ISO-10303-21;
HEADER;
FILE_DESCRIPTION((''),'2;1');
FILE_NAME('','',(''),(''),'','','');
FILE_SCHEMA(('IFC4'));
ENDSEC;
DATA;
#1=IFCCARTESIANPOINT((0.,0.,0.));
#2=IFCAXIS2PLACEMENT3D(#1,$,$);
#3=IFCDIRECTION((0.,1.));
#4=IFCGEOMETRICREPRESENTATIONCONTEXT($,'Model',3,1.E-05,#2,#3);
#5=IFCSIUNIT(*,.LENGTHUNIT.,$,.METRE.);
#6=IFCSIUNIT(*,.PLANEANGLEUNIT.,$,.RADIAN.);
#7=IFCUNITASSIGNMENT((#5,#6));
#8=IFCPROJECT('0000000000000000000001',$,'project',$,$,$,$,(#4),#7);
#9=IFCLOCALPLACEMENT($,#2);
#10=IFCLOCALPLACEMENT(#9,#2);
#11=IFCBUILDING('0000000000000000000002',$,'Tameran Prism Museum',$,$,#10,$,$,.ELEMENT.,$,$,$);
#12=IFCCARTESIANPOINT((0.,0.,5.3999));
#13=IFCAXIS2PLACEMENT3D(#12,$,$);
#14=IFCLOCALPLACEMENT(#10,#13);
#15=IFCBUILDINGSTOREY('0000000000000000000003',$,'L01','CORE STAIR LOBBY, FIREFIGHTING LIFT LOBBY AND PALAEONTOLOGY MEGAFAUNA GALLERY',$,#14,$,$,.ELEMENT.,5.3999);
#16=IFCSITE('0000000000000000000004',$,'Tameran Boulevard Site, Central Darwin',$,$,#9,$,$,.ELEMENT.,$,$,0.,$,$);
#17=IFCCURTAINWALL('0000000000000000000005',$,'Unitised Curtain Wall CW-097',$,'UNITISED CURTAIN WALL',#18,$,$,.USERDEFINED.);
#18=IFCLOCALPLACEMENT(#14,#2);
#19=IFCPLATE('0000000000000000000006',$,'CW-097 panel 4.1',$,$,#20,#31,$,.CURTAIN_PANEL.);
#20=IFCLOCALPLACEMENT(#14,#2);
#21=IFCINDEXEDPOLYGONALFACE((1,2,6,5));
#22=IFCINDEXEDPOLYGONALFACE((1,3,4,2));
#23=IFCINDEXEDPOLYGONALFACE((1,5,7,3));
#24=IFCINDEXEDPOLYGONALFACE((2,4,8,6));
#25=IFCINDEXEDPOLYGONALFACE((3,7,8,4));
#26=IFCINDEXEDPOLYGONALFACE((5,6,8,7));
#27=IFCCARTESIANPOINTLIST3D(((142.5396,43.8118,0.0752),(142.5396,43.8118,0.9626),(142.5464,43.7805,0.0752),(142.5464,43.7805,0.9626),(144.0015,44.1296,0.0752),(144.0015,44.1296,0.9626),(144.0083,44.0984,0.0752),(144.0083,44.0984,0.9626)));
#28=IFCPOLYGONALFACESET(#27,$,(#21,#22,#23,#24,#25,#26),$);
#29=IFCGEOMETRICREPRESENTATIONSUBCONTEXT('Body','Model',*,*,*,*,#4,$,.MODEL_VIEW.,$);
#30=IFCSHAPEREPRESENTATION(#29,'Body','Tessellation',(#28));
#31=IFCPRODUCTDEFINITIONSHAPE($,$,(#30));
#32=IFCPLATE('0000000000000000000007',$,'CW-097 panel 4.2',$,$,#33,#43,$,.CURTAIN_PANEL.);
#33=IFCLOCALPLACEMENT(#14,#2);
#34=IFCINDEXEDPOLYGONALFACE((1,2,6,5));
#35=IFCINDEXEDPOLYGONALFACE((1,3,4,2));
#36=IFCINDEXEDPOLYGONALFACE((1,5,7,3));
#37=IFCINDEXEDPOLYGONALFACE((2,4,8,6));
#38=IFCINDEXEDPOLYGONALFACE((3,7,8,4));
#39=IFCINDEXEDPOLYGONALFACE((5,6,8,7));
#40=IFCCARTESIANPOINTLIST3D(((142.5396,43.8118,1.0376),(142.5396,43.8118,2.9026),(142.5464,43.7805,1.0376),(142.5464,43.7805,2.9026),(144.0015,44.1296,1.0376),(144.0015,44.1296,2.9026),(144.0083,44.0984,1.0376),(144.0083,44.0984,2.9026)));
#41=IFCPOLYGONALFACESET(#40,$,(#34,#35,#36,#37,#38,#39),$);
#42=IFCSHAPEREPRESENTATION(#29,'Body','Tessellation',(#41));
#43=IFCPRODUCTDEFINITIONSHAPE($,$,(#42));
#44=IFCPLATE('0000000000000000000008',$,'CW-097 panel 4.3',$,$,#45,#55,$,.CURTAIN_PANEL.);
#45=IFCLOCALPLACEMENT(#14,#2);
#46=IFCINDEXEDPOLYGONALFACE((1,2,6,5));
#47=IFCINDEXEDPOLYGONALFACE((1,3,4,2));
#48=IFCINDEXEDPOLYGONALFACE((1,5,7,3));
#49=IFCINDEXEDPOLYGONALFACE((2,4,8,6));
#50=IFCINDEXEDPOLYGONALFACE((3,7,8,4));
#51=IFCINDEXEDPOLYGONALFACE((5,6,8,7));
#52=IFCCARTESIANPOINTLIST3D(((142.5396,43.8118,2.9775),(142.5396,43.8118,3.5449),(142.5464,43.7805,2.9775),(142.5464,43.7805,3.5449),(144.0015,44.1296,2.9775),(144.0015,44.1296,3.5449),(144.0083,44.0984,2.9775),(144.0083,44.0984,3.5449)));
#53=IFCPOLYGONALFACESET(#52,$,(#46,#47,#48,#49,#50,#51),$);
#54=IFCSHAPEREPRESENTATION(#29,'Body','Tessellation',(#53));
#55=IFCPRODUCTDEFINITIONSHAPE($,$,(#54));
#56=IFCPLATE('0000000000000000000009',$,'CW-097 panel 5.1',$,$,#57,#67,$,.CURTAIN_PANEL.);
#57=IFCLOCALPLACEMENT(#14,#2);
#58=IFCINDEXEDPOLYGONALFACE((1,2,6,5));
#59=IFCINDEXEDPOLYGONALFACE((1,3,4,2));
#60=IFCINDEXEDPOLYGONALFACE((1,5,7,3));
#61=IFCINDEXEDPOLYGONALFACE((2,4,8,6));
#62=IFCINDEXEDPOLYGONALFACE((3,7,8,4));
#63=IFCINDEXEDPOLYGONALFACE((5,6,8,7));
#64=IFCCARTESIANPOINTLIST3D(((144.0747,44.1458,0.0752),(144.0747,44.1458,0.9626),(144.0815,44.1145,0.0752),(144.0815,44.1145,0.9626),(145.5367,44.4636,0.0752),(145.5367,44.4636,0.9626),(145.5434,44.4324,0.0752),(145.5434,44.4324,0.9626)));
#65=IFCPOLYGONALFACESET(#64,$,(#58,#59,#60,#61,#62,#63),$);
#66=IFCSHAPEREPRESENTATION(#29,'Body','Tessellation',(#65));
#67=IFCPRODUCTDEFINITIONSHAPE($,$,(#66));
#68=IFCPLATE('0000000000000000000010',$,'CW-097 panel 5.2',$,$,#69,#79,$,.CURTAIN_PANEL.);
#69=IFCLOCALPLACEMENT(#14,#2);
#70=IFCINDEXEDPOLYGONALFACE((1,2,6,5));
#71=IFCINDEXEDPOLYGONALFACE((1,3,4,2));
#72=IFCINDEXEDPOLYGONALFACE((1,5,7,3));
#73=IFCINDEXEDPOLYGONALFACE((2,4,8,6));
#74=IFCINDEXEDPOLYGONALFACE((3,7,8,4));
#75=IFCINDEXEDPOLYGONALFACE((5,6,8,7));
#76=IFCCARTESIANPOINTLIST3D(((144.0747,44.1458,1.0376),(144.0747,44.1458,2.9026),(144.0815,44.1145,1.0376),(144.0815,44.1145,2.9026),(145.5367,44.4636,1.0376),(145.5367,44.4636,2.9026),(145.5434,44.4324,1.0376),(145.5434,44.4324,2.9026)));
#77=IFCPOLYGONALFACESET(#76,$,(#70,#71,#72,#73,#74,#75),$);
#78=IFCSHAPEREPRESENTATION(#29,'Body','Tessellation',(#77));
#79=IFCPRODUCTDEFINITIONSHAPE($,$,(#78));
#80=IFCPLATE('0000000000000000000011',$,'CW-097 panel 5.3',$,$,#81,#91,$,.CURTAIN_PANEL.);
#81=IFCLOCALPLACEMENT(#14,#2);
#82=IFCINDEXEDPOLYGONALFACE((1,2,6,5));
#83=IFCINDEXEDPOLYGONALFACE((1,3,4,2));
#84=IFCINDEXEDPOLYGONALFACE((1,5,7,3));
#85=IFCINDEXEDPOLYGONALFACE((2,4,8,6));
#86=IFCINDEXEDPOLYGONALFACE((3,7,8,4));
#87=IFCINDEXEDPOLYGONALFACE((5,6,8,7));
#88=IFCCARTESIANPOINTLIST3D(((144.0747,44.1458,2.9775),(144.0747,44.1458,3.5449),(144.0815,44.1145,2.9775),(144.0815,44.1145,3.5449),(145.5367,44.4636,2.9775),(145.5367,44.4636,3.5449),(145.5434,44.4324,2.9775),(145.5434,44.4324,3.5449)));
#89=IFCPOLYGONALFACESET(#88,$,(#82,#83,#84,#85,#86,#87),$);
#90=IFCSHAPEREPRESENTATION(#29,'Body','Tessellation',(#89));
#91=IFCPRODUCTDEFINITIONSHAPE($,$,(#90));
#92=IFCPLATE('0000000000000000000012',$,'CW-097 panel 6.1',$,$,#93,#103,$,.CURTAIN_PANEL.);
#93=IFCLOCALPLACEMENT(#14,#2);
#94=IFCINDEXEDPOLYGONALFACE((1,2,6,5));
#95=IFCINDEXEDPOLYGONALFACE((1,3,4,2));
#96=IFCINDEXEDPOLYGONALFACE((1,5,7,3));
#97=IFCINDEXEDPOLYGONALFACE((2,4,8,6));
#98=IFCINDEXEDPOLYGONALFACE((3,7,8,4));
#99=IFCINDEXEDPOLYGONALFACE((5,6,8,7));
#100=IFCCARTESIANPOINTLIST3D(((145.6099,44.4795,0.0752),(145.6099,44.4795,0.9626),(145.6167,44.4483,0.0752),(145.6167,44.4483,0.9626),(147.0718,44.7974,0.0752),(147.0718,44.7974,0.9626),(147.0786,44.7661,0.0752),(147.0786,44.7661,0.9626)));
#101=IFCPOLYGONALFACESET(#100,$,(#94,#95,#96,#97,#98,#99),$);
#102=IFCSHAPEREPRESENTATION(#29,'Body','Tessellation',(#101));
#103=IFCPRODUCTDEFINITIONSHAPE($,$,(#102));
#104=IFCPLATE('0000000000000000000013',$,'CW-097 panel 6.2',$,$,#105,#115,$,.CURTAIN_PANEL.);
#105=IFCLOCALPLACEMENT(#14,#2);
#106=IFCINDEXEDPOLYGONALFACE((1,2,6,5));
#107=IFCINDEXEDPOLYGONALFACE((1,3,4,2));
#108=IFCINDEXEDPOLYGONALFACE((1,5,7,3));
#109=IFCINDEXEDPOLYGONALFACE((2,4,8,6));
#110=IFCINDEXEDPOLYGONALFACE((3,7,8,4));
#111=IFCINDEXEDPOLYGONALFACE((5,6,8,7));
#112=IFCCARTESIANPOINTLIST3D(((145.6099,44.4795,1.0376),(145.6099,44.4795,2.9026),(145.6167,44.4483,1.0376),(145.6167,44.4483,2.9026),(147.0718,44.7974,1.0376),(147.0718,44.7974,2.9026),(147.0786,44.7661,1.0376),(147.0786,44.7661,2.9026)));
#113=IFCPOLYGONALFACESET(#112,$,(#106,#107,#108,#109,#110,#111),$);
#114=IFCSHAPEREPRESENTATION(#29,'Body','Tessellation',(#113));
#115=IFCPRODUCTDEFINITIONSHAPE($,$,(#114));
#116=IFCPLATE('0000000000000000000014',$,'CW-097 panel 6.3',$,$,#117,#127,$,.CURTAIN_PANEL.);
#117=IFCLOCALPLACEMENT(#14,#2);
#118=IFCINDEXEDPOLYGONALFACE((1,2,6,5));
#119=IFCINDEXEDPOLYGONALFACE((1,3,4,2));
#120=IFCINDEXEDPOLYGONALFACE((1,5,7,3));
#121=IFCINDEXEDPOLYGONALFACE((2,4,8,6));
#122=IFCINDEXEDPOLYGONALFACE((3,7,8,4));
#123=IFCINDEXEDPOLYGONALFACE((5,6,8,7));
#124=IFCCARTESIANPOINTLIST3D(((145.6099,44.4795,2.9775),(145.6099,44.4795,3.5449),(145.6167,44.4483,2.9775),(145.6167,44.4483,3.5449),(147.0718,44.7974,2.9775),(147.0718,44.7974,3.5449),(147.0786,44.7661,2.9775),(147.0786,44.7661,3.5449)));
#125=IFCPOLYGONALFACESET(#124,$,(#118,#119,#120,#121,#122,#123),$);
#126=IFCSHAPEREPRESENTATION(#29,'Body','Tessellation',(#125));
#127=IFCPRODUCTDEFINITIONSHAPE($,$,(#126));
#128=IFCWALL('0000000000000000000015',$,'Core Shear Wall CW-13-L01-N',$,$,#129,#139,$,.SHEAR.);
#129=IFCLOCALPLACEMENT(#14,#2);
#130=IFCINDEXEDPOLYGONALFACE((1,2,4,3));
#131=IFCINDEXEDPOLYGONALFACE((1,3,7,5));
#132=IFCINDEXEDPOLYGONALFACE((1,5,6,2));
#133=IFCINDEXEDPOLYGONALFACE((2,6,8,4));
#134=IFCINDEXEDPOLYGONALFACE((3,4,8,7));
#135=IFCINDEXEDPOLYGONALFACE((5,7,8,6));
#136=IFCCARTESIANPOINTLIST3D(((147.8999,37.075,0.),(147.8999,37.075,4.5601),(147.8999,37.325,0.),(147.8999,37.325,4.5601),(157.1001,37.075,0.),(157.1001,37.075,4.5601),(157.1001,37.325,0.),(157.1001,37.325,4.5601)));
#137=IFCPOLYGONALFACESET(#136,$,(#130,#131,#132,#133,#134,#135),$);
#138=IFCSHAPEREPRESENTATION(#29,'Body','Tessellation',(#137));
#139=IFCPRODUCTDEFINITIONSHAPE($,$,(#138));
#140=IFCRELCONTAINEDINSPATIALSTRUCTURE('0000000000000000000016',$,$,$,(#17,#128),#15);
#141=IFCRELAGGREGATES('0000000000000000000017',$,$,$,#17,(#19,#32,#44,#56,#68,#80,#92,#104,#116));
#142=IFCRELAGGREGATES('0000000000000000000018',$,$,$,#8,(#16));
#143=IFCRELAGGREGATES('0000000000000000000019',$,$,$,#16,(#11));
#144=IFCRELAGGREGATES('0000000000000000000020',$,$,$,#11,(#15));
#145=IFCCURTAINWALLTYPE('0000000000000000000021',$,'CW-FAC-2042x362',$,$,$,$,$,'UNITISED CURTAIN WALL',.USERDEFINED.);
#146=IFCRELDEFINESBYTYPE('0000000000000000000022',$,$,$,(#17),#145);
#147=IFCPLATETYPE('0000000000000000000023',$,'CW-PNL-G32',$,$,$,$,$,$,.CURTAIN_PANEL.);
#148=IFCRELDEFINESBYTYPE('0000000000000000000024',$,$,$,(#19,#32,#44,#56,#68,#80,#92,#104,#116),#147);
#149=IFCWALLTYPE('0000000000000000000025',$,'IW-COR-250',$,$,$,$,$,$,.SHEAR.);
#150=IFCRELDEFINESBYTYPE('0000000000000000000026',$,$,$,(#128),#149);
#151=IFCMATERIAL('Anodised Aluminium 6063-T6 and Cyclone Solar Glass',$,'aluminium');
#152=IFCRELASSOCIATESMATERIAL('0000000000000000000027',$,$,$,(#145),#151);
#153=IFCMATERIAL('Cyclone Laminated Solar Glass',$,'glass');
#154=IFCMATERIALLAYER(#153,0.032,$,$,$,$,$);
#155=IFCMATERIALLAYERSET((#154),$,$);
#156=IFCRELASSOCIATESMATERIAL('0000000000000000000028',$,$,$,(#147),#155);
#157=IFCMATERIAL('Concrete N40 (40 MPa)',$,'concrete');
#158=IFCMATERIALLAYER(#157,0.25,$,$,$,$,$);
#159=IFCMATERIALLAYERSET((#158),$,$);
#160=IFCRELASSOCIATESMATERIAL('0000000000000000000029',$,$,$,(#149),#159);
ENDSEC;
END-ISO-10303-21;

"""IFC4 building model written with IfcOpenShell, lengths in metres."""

from ifc_helpers import new_model, si_unit, direction, frame, frame_2d, origin, origin_2d, place, context, subcontext, project, spatial, rectangle, extrude, material, layer, layer_set, type_object, element, aggregate, save


model = new_model("IFC4")

# Units and contexts
model_context = context("Model", 3, precision=1e-05, world=origin(), true_north=direction((0.0, 1.0)))
body_context = subcontext(model_context, "Body", "Model", "MODEL_VIEW")
ifc_project = project(units=[si_unit("LENGTHUNIT", "METRE"), si_unit("PLANEANGLEUNIT", "RADIAN")], contexts=[model_context])

# Site, building, storey
site_placement = place(None, origin())
site = spatial("IfcSite", under=ifc_project, at=site_placement, Name="Tameran Boulevard Site, Central Darwin", CompositionType="ELEMENT", RefElevation=0.0)
building_placement = place(site_placement, origin())
building = spatial("IfcBuilding", under=site, at=building_placement, Name="Tameran Prism Museum", CompositionType="ELEMENT")
storey_placement = place(building_placement, frame((0.0, 0.0, 5.3999)))
storey = spatial("IfcBuildingStorey", under=building, at=storey_placement, Name="L01", Description="CORE STAIR LOBBY, FIREFIGHTING LIFT LOBBY AND PALAEONTOLOGY MEGAFAUNA GALLERY", CompositionType="ELEMENT", Elevation=5.3999)

# Curtain wall, plates
ifc_material_1 = material(Name="Anodised Aluminium 6063-T6 and Cyclone Solar Glass", Category="aluminium")
curtain_wall_type = type_object("IfcCurtainWallType", Name="CW-FAC-2042x362", ElementType="UNITISED CURTAIN WALL", PredefinedType="USERDEFINED", material=ifc_material_1)
curtain_wall_placement = place(storey_placement, origin())
curtain_wall = element("IfcCurtainWall", 1, at=curtain_wall_placement, inside=storey, type_object=curtain_wall_type, Name="Unitised Curtain Wall CW-097", ObjectType="UNITISED CURTAIN WALL", PredefinedType="USERDEFINED")
ifc_material_2 = material(Name="Cyclone Laminated Solar Glass", Category="glass")
ifc_layer_1 = layer(ifc_material_2, 0.032)
ifc_layer_set_1 = layer_set([ifc_layer_1])
plate_type = type_object("IfcPlateType", Name="CW-PNL-G32", PredefinedType="CURTAIN_PANEL", material=ifc_layer_set_1)
plate_1_placement = place(storey_placement, frame((143.2739, 43.9551, 0.0752), z_axis=(0.0, 0.0, 1.0), x_axis=(0.977171, 0.212454, 0.0)))
plate_1 = element("IfcPlate", 2, at=plate_1_placement, type_object=plate_type, Name="CW-097 panel 4.1", PredefinedType="CURTAIN_PANEL", context=body_context, shape_type="SweptSolid", body=[
    extrude(rectangle(XDim=1.4961, YDim=0.032, at=origin_2d()), origin(), (0.0, 0.0, 1.0), 0.8875),
])
plate_2_placement = place(storey_placement, frame((143.2739, 43.9551, 1.0376), z_axis=(0.0, 0.0, 1.0), x_axis=(0.977171, 0.212454, 0.0)))
plate_2 = element("IfcPlate", 3, at=plate_2_placement, type_object=plate_type, Name="CW-097 panel 4.2", PredefinedType="CURTAIN_PANEL", context=body_context, shape_type="SweptSolid", body=[
    extrude(rectangle(XDim=1.4961, YDim=0.032, at=origin_2d()), origin(), (0.0, 0.0, 1.0), 1.865),
])
plate_3_placement = place(storey_placement, frame((143.2739, 43.9551, 2.9775), z_axis=(0.0, 0.0, 1.0), x_axis=(0.977171, 0.212454, 0.0)))
plate_3 = element("IfcPlate", 4, at=plate_3_placement, type_object=plate_type, Name="CW-097 panel 4.3", PredefinedType="CURTAIN_PANEL", context=body_context, shape_type="SweptSolid", body=[
    extrude(rectangle(XDim=1.4961, YDim=0.032, at=origin_2d()), origin(), (0.0, 0.0, 1.0), 0.5674),
])
plate_4_placement = place(storey_placement, frame((144.8091, 44.2891, 0.0752), z_axis=(0.0, 0.0, 1.0), x_axis=(0.977171, 0.212454, 0.0)))
plate_4 = element("IfcPlate", 5, at=plate_4_placement, type_object=plate_type, Name="CW-097 panel 5.1", PredefinedType="CURTAIN_PANEL", context=body_context, shape_type="SweptSolid", body=[
    extrude(rectangle(XDim=1.4961, YDim=0.032, at=origin_2d()), origin(), (0.0, 0.0, 1.0), 0.8875),
])
plate_5_placement = place(storey_placement, frame((144.8091, 44.2891, 1.0376), z_axis=(0.0, 0.0, 1.0), x_axis=(0.977171, 0.212454, 0.0)))
plate_5 = element("IfcPlate", 6, at=plate_5_placement, type_object=plate_type, Name="CW-097 panel 5.2", PredefinedType="CURTAIN_PANEL", context=body_context, shape_type="SweptSolid", body=[
    extrude(rectangle(XDim=1.4961, YDim=0.032, at=origin_2d()), origin(), (0.0, 0.0, 1.0), 1.865),
])
plate_6_placement = place(storey_placement, frame((144.8091, 44.2891, 2.9775), z_axis=(0.0, 0.0, 1.0), x_axis=(0.977171, 0.212454, 0.0)))
plate_6 = element("IfcPlate", 7, at=plate_6_placement, type_object=plate_type, Name="CW-097 panel 5.3", PredefinedType="CURTAIN_PANEL", context=body_context, shape_type="SweptSolid", body=[
    extrude(rectangle(XDim=1.4961, YDim=0.032, at=origin_2d()), origin(), (0.0, 0.0, 1.0), 0.5674),
])
plate_7_placement = place(storey_placement, frame((146.3442, 44.6228, 0.0752), z_axis=(0.0, 0.0, 1.0), x_axis=(0.977171, 0.212454, 0.0)))
plate_7 = element("IfcPlate", 8, at=plate_7_placement, type_object=plate_type, Name="CW-097 panel 6.1", PredefinedType="CURTAIN_PANEL", context=body_context, shape_type="SweptSolid", body=[
    extrude(rectangle(XDim=1.4961, YDim=0.032, at=origin_2d()), origin(), (0.0, 0.0, 1.0), 0.8875),
])
plate_8_placement = place(storey_placement, frame((146.3442, 44.6228, 1.0376), z_axis=(0.0, 0.0, 1.0), x_axis=(0.977171, 0.212454, 0.0)))
plate_8 = element("IfcPlate", 9, at=plate_8_placement, type_object=plate_type, Name="CW-097 panel 6.2", PredefinedType="CURTAIN_PANEL", context=body_context, shape_type="SweptSolid", body=[
    extrude(rectangle(XDim=1.4961, YDim=0.032, at=origin_2d()), origin(), (0.0, 0.0, 1.0), 1.865),
])
plate_9_placement = place(storey_placement, frame((146.3442, 44.6228, 2.9775), z_axis=(0.0, 0.0, 1.0), x_axis=(0.977171, 0.212454, 0.0)))
plate_9 = element("IfcPlate", 10, at=plate_9_placement, type_object=plate_type, Name="CW-097 panel 6.3", PredefinedType="CURTAIN_PANEL", context=body_context, shape_type="SweptSolid", body=[
    extrude(rectangle(XDim=1.4961, YDim=0.032, at=origin_2d()), origin(), (0.0, 0.0, 1.0), 0.5674),
])
aggregate(curtain_wall, [plate_1, plate_2, plate_3, plate_4, plate_5, plate_6, plate_7, plate_8, plate_9])

# Wall
ifc_material_3 = material(Name="Concrete N40 (40 MPa)", Category="concrete")
ifc_layer_2 = layer(ifc_material_3, 0.25)
ifc_layer_set_2 = layer_set([ifc_layer_2])
wall_type = type_object("IfcWallType", Name="IW-COR-250", PredefinedType="SHEAR", material=ifc_layer_set_2)
wall_placement = place(storey_placement, frame((147.8999, 37.2, 0.0), z_axis=(0.0, 0.0, 1.0), x_axis=(1.0, 0.0, 0.0)))
element("IfcWall", 11, at=wall_placement, inside=storey, type_object=wall_type, Name="Core Shear Wall CW-13-L01-N", PredefinedType="SHEAR", context=body_context, shape_type="SweptSolid", body=[
    extrude(rectangle(XDim=9.2002, YDim=0.25, at=frame_2d((4.6001, 0.0))), origin(), (0.0, 0.0, 1.0), 4.5601),
])

save(model, "model.ifc")
